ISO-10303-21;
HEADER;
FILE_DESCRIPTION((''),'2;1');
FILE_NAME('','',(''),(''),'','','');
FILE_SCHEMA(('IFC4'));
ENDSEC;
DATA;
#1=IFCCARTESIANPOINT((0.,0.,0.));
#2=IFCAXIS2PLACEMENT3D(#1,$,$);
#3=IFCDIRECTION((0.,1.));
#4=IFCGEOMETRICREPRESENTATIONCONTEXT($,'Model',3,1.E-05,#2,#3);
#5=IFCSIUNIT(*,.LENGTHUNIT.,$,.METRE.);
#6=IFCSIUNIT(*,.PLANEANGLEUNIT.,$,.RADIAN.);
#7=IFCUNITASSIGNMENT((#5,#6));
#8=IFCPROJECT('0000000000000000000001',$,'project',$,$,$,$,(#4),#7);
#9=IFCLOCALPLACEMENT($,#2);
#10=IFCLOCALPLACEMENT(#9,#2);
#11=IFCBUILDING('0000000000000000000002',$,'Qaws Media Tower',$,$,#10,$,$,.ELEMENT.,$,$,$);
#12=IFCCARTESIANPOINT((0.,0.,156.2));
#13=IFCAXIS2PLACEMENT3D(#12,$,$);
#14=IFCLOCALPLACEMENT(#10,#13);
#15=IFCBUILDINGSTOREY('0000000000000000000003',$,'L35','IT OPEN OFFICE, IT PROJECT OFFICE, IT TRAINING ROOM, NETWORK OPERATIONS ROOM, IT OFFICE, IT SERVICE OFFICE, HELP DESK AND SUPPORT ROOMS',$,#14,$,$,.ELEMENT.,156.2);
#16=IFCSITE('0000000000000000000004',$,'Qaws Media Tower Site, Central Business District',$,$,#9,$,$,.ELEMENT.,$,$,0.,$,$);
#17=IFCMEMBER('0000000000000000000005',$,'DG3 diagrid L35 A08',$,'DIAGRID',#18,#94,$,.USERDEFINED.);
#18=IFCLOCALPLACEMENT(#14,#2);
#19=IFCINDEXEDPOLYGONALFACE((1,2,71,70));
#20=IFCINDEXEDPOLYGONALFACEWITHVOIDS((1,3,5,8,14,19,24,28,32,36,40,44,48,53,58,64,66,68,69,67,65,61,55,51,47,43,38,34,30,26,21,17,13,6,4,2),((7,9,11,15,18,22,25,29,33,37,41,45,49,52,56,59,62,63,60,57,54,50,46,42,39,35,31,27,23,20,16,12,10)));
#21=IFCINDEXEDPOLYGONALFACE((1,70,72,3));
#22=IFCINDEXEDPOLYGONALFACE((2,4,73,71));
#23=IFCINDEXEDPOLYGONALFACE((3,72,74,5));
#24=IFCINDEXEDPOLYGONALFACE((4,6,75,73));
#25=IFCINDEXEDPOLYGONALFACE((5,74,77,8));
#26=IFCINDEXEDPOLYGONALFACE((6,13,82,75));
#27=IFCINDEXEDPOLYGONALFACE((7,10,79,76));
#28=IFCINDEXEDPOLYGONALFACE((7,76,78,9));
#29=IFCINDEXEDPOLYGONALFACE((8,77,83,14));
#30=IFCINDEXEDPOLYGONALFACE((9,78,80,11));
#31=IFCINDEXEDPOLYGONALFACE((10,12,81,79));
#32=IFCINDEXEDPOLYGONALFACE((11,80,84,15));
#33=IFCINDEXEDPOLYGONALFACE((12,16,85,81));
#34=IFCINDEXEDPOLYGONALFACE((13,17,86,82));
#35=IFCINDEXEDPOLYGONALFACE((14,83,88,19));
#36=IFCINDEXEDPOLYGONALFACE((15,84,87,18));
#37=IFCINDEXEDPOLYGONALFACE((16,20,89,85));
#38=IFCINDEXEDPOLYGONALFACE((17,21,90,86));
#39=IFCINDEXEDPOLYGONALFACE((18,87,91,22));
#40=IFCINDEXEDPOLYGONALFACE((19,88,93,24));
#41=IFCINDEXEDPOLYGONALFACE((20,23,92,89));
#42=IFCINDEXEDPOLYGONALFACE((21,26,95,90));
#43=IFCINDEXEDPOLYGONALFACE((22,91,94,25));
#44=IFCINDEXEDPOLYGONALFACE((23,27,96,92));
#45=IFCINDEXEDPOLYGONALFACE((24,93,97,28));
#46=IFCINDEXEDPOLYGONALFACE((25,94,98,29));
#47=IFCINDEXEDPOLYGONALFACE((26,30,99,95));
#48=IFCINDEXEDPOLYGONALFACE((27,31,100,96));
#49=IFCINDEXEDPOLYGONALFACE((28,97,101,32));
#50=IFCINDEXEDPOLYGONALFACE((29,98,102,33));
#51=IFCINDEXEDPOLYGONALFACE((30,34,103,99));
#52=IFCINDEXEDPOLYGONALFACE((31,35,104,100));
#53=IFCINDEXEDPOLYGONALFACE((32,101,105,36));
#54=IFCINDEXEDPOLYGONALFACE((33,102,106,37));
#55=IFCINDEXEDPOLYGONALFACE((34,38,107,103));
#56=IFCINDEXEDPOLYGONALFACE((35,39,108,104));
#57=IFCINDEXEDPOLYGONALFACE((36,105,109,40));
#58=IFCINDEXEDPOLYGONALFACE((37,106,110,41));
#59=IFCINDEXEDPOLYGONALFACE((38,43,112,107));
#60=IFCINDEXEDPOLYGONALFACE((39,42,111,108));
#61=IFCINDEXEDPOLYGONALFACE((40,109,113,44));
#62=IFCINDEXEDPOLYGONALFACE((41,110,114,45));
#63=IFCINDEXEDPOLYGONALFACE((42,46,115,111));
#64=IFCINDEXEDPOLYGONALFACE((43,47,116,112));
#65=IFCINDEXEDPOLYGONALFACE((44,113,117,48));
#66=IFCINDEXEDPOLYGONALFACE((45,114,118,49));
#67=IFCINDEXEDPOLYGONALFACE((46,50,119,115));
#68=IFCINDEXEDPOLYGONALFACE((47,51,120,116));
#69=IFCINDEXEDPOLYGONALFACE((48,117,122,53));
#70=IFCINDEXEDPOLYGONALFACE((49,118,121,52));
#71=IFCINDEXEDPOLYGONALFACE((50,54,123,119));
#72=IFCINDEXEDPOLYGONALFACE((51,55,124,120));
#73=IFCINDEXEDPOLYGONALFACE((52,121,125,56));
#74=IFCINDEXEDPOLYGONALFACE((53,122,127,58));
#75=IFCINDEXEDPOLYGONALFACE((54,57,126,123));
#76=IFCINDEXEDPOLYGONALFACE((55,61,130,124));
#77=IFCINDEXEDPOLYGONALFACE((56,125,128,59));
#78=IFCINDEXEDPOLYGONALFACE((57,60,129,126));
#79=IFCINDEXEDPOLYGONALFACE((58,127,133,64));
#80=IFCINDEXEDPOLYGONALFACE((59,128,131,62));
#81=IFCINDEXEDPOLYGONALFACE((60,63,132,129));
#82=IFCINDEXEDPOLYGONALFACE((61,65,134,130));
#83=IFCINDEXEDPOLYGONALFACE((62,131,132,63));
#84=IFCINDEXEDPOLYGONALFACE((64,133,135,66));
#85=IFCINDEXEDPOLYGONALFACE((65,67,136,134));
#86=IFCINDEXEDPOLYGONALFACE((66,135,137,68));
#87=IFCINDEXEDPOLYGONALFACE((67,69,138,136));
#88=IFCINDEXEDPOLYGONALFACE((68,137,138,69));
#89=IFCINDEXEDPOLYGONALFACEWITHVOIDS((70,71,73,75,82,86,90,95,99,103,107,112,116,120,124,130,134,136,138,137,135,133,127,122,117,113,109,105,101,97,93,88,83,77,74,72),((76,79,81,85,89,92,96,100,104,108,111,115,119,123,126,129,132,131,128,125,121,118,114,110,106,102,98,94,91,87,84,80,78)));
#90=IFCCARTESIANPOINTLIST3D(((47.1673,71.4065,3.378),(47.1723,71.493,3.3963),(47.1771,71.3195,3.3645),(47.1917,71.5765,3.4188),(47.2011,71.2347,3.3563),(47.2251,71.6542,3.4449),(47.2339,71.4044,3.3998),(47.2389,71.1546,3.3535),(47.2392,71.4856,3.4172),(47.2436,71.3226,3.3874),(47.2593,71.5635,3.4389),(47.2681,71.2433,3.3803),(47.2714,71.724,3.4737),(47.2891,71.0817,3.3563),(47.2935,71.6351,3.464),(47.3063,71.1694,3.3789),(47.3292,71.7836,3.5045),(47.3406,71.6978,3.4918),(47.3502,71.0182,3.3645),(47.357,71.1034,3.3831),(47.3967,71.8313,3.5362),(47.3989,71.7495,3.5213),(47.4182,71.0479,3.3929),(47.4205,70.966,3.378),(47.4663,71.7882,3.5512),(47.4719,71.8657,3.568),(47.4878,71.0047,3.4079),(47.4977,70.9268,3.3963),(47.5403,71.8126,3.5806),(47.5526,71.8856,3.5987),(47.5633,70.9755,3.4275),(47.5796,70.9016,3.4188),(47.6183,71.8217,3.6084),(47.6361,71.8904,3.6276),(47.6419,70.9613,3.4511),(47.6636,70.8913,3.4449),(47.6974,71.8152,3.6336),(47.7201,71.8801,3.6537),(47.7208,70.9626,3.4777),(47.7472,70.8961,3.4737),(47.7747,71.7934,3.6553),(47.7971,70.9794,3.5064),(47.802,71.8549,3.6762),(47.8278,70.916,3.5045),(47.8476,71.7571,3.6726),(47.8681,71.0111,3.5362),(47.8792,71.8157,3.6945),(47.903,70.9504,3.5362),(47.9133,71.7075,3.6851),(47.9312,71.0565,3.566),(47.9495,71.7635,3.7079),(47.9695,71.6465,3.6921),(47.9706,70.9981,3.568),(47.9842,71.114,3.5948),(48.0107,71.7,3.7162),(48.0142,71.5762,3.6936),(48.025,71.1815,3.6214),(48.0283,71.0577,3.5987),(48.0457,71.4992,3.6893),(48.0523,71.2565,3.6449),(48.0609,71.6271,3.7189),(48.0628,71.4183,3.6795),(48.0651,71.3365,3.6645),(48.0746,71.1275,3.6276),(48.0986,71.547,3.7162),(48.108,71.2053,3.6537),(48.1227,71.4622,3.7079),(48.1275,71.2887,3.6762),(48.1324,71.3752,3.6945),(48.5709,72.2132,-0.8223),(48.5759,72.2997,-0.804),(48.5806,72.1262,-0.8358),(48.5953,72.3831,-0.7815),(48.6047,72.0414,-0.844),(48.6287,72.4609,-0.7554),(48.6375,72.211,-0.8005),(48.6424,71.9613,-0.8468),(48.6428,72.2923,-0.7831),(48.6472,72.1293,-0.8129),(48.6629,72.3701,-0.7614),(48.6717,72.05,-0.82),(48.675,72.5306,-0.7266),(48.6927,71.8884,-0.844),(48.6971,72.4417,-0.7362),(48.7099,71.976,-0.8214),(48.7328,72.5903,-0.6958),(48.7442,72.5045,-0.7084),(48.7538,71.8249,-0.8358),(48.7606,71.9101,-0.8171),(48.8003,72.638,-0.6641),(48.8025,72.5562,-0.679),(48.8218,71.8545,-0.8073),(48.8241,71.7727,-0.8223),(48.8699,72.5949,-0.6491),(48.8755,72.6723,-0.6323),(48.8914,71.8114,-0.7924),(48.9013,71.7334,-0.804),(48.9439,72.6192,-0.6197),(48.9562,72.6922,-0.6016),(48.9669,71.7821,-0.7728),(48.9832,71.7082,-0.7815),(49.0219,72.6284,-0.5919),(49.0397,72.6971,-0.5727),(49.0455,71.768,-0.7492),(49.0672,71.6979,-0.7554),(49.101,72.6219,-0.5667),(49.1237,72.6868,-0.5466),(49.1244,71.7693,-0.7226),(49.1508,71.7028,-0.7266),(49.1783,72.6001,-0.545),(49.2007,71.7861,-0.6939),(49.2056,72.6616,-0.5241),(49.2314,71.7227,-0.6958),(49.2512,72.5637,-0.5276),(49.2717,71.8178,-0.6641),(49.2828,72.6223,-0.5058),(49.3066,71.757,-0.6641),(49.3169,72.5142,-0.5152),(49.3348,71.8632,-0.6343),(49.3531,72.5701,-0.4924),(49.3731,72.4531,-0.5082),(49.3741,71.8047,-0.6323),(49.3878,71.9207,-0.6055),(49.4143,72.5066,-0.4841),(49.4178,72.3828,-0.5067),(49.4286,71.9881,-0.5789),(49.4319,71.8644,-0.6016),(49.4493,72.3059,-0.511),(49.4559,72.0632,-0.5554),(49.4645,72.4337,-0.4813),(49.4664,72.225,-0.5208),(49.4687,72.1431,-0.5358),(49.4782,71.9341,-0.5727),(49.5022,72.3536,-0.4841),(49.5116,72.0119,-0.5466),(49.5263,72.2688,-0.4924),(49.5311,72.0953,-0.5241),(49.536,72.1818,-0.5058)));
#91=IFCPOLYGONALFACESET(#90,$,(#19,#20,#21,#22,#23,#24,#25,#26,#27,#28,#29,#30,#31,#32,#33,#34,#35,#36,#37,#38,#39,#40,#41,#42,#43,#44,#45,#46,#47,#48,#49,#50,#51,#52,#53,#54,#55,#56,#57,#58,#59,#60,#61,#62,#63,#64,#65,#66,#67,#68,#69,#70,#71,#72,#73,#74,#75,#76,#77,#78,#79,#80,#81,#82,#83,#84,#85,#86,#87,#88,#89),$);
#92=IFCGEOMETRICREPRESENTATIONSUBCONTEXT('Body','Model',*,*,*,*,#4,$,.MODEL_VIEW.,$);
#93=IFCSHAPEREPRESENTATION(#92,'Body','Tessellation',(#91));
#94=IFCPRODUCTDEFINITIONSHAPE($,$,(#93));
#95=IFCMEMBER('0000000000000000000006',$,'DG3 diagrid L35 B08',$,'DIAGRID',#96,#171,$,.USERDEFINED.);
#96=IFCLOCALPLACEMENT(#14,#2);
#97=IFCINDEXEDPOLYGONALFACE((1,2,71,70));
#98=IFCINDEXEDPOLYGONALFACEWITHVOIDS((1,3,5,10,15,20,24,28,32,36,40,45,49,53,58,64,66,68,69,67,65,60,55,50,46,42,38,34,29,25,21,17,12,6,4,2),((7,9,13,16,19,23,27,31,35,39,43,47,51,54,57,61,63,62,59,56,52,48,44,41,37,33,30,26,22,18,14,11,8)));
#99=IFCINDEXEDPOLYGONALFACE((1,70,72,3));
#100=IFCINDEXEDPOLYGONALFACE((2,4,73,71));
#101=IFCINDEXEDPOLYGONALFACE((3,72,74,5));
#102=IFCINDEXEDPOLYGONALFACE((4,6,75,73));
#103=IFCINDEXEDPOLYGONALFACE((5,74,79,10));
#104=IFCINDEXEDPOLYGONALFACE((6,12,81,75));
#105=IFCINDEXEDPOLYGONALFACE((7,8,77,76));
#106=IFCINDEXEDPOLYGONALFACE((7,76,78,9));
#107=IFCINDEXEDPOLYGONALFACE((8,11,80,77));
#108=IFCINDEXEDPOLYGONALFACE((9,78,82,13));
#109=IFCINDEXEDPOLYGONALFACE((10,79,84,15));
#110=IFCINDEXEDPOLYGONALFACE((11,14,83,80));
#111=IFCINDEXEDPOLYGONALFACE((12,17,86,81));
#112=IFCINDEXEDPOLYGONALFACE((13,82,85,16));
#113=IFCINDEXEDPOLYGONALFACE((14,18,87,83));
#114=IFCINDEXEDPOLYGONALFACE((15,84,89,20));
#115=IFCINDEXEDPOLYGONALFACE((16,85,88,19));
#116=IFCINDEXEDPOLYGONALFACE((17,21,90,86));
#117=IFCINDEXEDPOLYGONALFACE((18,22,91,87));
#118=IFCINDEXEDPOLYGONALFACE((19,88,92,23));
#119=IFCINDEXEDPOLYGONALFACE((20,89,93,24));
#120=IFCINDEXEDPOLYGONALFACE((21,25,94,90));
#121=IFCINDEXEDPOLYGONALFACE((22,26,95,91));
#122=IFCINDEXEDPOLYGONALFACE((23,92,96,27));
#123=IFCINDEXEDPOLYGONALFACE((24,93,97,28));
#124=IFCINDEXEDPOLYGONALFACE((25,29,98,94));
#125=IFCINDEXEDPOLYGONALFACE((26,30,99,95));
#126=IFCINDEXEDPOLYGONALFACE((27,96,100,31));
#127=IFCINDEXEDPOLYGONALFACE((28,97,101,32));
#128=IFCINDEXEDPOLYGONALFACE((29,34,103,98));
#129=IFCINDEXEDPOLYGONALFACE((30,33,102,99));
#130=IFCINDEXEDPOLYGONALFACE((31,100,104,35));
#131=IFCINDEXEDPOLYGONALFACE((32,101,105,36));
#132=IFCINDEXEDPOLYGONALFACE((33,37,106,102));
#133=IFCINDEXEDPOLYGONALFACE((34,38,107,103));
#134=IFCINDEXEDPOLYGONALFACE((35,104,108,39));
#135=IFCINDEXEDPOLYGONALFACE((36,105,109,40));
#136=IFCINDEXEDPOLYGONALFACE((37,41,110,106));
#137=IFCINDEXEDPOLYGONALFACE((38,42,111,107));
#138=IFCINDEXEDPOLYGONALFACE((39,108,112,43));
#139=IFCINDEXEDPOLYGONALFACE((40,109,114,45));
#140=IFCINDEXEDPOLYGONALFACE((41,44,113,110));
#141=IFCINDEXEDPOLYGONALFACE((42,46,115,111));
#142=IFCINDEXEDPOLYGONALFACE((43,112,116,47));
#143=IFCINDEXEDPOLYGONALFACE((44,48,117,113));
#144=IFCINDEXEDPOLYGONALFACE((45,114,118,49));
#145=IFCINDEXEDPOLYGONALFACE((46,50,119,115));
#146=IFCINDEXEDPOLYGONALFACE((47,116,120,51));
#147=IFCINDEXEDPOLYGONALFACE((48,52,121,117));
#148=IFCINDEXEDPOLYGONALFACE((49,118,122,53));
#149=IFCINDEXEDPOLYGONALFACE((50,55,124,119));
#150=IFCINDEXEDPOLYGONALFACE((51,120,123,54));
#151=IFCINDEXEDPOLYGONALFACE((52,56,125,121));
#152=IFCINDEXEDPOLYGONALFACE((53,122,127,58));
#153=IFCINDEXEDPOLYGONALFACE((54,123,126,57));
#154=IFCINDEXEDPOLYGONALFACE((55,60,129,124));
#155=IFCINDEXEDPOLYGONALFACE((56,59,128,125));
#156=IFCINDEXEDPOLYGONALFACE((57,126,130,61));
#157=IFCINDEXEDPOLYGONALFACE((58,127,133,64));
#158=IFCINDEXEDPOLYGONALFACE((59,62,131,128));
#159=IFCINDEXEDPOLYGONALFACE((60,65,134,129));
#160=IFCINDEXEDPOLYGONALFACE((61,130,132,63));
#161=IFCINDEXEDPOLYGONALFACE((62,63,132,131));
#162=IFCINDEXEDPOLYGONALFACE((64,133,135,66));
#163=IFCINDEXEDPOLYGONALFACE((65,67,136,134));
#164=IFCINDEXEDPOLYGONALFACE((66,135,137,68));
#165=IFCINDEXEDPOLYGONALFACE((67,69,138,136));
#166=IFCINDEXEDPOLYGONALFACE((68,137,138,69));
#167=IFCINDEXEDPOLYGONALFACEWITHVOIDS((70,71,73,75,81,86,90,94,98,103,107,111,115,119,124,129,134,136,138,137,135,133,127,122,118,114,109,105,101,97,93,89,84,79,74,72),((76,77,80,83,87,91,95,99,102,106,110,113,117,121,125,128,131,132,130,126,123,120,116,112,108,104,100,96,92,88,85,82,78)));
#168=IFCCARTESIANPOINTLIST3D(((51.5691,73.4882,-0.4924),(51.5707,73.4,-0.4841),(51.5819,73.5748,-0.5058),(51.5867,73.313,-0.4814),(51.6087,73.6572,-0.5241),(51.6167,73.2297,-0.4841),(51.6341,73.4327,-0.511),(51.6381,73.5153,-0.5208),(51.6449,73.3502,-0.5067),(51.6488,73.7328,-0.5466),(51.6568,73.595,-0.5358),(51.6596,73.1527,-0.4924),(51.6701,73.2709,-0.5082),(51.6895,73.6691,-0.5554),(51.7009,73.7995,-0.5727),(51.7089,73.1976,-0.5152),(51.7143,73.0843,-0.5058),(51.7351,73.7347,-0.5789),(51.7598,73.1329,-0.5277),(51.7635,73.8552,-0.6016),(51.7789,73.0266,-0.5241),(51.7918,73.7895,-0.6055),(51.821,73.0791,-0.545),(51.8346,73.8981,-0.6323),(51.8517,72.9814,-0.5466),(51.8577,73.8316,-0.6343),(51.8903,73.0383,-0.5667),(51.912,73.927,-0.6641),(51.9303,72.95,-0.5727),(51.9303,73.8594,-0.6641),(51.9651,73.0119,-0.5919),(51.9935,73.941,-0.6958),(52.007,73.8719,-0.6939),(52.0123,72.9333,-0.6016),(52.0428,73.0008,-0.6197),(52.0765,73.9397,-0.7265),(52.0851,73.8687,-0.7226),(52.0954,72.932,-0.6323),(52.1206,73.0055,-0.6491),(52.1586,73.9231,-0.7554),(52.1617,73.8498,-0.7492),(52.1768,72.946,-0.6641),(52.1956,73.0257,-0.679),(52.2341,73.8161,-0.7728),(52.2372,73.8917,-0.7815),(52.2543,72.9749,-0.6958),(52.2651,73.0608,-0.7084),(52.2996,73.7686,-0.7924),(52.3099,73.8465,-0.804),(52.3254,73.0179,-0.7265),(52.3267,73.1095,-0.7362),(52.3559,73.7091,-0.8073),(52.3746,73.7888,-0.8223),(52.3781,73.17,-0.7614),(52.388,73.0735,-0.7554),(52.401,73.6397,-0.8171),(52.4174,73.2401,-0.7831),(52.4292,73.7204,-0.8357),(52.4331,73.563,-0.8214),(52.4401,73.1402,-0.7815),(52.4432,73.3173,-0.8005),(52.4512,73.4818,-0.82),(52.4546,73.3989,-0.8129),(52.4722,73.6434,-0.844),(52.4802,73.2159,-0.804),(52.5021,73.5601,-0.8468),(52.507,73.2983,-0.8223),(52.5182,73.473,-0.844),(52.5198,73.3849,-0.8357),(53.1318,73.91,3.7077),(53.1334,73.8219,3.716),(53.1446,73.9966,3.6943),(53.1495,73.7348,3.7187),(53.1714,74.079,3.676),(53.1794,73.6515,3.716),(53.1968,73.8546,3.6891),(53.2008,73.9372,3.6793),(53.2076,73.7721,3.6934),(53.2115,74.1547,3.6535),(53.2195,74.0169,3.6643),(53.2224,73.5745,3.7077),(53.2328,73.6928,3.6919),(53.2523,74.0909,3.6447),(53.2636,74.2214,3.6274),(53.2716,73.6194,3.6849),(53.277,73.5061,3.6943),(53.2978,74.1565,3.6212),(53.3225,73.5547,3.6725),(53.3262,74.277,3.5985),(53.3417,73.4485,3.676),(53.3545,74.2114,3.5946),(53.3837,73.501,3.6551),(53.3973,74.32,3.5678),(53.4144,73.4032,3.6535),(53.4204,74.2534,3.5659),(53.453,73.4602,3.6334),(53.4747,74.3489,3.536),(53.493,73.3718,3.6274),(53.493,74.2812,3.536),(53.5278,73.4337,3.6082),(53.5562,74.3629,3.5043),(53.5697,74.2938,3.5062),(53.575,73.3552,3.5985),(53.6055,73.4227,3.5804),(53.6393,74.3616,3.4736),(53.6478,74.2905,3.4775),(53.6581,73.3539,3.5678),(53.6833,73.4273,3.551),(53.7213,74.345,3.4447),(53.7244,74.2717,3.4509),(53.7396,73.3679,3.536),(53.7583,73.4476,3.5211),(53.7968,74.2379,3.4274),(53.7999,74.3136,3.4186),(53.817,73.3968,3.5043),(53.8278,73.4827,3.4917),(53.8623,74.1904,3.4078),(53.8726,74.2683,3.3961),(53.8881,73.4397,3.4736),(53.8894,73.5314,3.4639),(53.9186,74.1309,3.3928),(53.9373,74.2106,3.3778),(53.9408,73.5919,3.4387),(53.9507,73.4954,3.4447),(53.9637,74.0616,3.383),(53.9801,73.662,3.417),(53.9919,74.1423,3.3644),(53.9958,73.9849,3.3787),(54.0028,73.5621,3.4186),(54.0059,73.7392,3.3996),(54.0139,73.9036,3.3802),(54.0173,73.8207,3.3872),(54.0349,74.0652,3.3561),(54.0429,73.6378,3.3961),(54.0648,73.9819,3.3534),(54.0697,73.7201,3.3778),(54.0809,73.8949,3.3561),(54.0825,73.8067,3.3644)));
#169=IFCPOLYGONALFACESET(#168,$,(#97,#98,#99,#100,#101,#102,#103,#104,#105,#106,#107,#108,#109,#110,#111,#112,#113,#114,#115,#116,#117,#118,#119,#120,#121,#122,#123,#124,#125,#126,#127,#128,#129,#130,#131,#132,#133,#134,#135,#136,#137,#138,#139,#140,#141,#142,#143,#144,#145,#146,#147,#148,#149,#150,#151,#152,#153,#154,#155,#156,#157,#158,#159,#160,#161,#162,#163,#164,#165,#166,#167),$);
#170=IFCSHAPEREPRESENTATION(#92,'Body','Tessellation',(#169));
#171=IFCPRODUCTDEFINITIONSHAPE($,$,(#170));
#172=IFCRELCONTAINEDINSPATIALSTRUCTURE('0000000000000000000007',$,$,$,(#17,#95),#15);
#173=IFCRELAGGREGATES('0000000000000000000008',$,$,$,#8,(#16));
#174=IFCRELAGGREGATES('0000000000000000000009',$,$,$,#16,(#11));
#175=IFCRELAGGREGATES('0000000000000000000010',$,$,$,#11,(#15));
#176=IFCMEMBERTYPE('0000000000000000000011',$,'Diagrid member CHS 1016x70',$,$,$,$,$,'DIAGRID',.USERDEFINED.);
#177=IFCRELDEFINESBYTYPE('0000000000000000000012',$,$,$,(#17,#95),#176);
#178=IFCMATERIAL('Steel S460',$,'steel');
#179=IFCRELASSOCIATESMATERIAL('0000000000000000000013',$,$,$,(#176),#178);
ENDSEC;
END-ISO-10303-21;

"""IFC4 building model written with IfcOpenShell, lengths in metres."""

from ifc_helpers import new_model, si_unit, direction, frame, origin, origin_2d, place, context, subcontext, project, spatial, hollow_circle, extrude, material, material_profile, profile_set, type_object, element, save


model = new_model("IFC4")

# Units and contexts
model_context = context("Model", 3, precision=1e-05, world=origin(), true_north=direction((0.0, 1.0)))
body_context = subcontext(model_context, "Body", "Model", "MODEL_VIEW")
ifc_project = project(units=[si_unit("LENGTHUNIT", "METRE"), si_unit("PLANEANGLEUNIT", "RADIAN")], contexts=[model_context])

# Site, building, storey
site_placement = place(None, origin())
site = spatial("IfcSite", under=ifc_project, at=site_placement, Name="Qaws Media Tower Site, Central Business District", CompositionType="ELEMENT", RefElevation=0.0)
building_placement = place(site_placement, origin())
building = spatial("IfcBuilding", under=site, at=building_placement, Name="Qaws Media Tower", CompositionType="ELEMENT")
storey_placement = place(building_placement, frame((0.0, 0.0, 156.2)))
storey = spatial("IfcBuildingStorey", under=building, at=storey_placement, Name="L35", Description="IT OPEN OFFICE, IT PROJECT OFFICE, IT TRAINING ROOM, NETWORK OPERATIONS ROOM, IT OFFICE, IT SERVICE OFFICE, HELP DESK AND SUPPORT ROOMS", CompositionType="ELEMENT", Elevation=156.2)

# Members
ifc_material_1 = material(Name="Steel S460", Category="steel")
ifc_material_profile_1 = material_profile(ifc_material_1, hollow_circle(Radius=0.5081, WallThickness=0.0701, at=origin_2d()), Name="CHS 1016x70")
ifc_profile_set_1 = profile_set([ifc_material_profile_1], Name="Steel S460")
member_type_1 = type_object("IfcMemberType", Name="Diagrid member CHS 1016x70", ElementType="DIAGRID", PredefinedType="USERDEFINED", material=ifc_profile_set_1)
for number, where, z_axis, x_axis, name in (
    (1, (49.0535, 72.1975, -0.6641), (-0.311809, -0.179199, 0.933093), (0.498281, -0.867015, 0.0), "DG3 diagrid L35 A08"),
):
    element("IfcMember", number, at=place(storey_placement, frame(where, z_axis=z_axis, x_axis=x_axis)), inside=storey, type_object=member_type_1, Name=name, ObjectType="DIAGRID", PredefinedType="USERDEFINED", context=body_context, shape_type="SweptSolid", body=[
        extrude(hollow_circle(Radius=0.5081, WallThickness=0.0701, at=origin_2d()), origin(), (0.0, 0.0, 1.0), 4.5015),
    ])
for number, where, z_axis, x_axis, name in (
    (2, (52.0444, 73.4365, -0.6641), (0.347175, 0.093723, 0.933105), (-0.260628, 0.965439, 0.0), "DG3 diagrid L35 B08"),
):
    element("IfcMember", number, at=place(storey_placement, frame(where, z_axis=z_axis, x_axis=x_axis)), inside=storey, type_object=member_type_1, Name=name, ObjectType="DIAGRID", PredefinedType="USERDEFINED", context=body_context, shape_type="SweptSolid", body=[
        extrude(hollow_circle(Radius=0.5081, WallThickness=0.0701, at=origin_2d()), origin(), (0.0, 0.0, 1.0), 4.5012),
    ])

save(model, "model.ifc")
